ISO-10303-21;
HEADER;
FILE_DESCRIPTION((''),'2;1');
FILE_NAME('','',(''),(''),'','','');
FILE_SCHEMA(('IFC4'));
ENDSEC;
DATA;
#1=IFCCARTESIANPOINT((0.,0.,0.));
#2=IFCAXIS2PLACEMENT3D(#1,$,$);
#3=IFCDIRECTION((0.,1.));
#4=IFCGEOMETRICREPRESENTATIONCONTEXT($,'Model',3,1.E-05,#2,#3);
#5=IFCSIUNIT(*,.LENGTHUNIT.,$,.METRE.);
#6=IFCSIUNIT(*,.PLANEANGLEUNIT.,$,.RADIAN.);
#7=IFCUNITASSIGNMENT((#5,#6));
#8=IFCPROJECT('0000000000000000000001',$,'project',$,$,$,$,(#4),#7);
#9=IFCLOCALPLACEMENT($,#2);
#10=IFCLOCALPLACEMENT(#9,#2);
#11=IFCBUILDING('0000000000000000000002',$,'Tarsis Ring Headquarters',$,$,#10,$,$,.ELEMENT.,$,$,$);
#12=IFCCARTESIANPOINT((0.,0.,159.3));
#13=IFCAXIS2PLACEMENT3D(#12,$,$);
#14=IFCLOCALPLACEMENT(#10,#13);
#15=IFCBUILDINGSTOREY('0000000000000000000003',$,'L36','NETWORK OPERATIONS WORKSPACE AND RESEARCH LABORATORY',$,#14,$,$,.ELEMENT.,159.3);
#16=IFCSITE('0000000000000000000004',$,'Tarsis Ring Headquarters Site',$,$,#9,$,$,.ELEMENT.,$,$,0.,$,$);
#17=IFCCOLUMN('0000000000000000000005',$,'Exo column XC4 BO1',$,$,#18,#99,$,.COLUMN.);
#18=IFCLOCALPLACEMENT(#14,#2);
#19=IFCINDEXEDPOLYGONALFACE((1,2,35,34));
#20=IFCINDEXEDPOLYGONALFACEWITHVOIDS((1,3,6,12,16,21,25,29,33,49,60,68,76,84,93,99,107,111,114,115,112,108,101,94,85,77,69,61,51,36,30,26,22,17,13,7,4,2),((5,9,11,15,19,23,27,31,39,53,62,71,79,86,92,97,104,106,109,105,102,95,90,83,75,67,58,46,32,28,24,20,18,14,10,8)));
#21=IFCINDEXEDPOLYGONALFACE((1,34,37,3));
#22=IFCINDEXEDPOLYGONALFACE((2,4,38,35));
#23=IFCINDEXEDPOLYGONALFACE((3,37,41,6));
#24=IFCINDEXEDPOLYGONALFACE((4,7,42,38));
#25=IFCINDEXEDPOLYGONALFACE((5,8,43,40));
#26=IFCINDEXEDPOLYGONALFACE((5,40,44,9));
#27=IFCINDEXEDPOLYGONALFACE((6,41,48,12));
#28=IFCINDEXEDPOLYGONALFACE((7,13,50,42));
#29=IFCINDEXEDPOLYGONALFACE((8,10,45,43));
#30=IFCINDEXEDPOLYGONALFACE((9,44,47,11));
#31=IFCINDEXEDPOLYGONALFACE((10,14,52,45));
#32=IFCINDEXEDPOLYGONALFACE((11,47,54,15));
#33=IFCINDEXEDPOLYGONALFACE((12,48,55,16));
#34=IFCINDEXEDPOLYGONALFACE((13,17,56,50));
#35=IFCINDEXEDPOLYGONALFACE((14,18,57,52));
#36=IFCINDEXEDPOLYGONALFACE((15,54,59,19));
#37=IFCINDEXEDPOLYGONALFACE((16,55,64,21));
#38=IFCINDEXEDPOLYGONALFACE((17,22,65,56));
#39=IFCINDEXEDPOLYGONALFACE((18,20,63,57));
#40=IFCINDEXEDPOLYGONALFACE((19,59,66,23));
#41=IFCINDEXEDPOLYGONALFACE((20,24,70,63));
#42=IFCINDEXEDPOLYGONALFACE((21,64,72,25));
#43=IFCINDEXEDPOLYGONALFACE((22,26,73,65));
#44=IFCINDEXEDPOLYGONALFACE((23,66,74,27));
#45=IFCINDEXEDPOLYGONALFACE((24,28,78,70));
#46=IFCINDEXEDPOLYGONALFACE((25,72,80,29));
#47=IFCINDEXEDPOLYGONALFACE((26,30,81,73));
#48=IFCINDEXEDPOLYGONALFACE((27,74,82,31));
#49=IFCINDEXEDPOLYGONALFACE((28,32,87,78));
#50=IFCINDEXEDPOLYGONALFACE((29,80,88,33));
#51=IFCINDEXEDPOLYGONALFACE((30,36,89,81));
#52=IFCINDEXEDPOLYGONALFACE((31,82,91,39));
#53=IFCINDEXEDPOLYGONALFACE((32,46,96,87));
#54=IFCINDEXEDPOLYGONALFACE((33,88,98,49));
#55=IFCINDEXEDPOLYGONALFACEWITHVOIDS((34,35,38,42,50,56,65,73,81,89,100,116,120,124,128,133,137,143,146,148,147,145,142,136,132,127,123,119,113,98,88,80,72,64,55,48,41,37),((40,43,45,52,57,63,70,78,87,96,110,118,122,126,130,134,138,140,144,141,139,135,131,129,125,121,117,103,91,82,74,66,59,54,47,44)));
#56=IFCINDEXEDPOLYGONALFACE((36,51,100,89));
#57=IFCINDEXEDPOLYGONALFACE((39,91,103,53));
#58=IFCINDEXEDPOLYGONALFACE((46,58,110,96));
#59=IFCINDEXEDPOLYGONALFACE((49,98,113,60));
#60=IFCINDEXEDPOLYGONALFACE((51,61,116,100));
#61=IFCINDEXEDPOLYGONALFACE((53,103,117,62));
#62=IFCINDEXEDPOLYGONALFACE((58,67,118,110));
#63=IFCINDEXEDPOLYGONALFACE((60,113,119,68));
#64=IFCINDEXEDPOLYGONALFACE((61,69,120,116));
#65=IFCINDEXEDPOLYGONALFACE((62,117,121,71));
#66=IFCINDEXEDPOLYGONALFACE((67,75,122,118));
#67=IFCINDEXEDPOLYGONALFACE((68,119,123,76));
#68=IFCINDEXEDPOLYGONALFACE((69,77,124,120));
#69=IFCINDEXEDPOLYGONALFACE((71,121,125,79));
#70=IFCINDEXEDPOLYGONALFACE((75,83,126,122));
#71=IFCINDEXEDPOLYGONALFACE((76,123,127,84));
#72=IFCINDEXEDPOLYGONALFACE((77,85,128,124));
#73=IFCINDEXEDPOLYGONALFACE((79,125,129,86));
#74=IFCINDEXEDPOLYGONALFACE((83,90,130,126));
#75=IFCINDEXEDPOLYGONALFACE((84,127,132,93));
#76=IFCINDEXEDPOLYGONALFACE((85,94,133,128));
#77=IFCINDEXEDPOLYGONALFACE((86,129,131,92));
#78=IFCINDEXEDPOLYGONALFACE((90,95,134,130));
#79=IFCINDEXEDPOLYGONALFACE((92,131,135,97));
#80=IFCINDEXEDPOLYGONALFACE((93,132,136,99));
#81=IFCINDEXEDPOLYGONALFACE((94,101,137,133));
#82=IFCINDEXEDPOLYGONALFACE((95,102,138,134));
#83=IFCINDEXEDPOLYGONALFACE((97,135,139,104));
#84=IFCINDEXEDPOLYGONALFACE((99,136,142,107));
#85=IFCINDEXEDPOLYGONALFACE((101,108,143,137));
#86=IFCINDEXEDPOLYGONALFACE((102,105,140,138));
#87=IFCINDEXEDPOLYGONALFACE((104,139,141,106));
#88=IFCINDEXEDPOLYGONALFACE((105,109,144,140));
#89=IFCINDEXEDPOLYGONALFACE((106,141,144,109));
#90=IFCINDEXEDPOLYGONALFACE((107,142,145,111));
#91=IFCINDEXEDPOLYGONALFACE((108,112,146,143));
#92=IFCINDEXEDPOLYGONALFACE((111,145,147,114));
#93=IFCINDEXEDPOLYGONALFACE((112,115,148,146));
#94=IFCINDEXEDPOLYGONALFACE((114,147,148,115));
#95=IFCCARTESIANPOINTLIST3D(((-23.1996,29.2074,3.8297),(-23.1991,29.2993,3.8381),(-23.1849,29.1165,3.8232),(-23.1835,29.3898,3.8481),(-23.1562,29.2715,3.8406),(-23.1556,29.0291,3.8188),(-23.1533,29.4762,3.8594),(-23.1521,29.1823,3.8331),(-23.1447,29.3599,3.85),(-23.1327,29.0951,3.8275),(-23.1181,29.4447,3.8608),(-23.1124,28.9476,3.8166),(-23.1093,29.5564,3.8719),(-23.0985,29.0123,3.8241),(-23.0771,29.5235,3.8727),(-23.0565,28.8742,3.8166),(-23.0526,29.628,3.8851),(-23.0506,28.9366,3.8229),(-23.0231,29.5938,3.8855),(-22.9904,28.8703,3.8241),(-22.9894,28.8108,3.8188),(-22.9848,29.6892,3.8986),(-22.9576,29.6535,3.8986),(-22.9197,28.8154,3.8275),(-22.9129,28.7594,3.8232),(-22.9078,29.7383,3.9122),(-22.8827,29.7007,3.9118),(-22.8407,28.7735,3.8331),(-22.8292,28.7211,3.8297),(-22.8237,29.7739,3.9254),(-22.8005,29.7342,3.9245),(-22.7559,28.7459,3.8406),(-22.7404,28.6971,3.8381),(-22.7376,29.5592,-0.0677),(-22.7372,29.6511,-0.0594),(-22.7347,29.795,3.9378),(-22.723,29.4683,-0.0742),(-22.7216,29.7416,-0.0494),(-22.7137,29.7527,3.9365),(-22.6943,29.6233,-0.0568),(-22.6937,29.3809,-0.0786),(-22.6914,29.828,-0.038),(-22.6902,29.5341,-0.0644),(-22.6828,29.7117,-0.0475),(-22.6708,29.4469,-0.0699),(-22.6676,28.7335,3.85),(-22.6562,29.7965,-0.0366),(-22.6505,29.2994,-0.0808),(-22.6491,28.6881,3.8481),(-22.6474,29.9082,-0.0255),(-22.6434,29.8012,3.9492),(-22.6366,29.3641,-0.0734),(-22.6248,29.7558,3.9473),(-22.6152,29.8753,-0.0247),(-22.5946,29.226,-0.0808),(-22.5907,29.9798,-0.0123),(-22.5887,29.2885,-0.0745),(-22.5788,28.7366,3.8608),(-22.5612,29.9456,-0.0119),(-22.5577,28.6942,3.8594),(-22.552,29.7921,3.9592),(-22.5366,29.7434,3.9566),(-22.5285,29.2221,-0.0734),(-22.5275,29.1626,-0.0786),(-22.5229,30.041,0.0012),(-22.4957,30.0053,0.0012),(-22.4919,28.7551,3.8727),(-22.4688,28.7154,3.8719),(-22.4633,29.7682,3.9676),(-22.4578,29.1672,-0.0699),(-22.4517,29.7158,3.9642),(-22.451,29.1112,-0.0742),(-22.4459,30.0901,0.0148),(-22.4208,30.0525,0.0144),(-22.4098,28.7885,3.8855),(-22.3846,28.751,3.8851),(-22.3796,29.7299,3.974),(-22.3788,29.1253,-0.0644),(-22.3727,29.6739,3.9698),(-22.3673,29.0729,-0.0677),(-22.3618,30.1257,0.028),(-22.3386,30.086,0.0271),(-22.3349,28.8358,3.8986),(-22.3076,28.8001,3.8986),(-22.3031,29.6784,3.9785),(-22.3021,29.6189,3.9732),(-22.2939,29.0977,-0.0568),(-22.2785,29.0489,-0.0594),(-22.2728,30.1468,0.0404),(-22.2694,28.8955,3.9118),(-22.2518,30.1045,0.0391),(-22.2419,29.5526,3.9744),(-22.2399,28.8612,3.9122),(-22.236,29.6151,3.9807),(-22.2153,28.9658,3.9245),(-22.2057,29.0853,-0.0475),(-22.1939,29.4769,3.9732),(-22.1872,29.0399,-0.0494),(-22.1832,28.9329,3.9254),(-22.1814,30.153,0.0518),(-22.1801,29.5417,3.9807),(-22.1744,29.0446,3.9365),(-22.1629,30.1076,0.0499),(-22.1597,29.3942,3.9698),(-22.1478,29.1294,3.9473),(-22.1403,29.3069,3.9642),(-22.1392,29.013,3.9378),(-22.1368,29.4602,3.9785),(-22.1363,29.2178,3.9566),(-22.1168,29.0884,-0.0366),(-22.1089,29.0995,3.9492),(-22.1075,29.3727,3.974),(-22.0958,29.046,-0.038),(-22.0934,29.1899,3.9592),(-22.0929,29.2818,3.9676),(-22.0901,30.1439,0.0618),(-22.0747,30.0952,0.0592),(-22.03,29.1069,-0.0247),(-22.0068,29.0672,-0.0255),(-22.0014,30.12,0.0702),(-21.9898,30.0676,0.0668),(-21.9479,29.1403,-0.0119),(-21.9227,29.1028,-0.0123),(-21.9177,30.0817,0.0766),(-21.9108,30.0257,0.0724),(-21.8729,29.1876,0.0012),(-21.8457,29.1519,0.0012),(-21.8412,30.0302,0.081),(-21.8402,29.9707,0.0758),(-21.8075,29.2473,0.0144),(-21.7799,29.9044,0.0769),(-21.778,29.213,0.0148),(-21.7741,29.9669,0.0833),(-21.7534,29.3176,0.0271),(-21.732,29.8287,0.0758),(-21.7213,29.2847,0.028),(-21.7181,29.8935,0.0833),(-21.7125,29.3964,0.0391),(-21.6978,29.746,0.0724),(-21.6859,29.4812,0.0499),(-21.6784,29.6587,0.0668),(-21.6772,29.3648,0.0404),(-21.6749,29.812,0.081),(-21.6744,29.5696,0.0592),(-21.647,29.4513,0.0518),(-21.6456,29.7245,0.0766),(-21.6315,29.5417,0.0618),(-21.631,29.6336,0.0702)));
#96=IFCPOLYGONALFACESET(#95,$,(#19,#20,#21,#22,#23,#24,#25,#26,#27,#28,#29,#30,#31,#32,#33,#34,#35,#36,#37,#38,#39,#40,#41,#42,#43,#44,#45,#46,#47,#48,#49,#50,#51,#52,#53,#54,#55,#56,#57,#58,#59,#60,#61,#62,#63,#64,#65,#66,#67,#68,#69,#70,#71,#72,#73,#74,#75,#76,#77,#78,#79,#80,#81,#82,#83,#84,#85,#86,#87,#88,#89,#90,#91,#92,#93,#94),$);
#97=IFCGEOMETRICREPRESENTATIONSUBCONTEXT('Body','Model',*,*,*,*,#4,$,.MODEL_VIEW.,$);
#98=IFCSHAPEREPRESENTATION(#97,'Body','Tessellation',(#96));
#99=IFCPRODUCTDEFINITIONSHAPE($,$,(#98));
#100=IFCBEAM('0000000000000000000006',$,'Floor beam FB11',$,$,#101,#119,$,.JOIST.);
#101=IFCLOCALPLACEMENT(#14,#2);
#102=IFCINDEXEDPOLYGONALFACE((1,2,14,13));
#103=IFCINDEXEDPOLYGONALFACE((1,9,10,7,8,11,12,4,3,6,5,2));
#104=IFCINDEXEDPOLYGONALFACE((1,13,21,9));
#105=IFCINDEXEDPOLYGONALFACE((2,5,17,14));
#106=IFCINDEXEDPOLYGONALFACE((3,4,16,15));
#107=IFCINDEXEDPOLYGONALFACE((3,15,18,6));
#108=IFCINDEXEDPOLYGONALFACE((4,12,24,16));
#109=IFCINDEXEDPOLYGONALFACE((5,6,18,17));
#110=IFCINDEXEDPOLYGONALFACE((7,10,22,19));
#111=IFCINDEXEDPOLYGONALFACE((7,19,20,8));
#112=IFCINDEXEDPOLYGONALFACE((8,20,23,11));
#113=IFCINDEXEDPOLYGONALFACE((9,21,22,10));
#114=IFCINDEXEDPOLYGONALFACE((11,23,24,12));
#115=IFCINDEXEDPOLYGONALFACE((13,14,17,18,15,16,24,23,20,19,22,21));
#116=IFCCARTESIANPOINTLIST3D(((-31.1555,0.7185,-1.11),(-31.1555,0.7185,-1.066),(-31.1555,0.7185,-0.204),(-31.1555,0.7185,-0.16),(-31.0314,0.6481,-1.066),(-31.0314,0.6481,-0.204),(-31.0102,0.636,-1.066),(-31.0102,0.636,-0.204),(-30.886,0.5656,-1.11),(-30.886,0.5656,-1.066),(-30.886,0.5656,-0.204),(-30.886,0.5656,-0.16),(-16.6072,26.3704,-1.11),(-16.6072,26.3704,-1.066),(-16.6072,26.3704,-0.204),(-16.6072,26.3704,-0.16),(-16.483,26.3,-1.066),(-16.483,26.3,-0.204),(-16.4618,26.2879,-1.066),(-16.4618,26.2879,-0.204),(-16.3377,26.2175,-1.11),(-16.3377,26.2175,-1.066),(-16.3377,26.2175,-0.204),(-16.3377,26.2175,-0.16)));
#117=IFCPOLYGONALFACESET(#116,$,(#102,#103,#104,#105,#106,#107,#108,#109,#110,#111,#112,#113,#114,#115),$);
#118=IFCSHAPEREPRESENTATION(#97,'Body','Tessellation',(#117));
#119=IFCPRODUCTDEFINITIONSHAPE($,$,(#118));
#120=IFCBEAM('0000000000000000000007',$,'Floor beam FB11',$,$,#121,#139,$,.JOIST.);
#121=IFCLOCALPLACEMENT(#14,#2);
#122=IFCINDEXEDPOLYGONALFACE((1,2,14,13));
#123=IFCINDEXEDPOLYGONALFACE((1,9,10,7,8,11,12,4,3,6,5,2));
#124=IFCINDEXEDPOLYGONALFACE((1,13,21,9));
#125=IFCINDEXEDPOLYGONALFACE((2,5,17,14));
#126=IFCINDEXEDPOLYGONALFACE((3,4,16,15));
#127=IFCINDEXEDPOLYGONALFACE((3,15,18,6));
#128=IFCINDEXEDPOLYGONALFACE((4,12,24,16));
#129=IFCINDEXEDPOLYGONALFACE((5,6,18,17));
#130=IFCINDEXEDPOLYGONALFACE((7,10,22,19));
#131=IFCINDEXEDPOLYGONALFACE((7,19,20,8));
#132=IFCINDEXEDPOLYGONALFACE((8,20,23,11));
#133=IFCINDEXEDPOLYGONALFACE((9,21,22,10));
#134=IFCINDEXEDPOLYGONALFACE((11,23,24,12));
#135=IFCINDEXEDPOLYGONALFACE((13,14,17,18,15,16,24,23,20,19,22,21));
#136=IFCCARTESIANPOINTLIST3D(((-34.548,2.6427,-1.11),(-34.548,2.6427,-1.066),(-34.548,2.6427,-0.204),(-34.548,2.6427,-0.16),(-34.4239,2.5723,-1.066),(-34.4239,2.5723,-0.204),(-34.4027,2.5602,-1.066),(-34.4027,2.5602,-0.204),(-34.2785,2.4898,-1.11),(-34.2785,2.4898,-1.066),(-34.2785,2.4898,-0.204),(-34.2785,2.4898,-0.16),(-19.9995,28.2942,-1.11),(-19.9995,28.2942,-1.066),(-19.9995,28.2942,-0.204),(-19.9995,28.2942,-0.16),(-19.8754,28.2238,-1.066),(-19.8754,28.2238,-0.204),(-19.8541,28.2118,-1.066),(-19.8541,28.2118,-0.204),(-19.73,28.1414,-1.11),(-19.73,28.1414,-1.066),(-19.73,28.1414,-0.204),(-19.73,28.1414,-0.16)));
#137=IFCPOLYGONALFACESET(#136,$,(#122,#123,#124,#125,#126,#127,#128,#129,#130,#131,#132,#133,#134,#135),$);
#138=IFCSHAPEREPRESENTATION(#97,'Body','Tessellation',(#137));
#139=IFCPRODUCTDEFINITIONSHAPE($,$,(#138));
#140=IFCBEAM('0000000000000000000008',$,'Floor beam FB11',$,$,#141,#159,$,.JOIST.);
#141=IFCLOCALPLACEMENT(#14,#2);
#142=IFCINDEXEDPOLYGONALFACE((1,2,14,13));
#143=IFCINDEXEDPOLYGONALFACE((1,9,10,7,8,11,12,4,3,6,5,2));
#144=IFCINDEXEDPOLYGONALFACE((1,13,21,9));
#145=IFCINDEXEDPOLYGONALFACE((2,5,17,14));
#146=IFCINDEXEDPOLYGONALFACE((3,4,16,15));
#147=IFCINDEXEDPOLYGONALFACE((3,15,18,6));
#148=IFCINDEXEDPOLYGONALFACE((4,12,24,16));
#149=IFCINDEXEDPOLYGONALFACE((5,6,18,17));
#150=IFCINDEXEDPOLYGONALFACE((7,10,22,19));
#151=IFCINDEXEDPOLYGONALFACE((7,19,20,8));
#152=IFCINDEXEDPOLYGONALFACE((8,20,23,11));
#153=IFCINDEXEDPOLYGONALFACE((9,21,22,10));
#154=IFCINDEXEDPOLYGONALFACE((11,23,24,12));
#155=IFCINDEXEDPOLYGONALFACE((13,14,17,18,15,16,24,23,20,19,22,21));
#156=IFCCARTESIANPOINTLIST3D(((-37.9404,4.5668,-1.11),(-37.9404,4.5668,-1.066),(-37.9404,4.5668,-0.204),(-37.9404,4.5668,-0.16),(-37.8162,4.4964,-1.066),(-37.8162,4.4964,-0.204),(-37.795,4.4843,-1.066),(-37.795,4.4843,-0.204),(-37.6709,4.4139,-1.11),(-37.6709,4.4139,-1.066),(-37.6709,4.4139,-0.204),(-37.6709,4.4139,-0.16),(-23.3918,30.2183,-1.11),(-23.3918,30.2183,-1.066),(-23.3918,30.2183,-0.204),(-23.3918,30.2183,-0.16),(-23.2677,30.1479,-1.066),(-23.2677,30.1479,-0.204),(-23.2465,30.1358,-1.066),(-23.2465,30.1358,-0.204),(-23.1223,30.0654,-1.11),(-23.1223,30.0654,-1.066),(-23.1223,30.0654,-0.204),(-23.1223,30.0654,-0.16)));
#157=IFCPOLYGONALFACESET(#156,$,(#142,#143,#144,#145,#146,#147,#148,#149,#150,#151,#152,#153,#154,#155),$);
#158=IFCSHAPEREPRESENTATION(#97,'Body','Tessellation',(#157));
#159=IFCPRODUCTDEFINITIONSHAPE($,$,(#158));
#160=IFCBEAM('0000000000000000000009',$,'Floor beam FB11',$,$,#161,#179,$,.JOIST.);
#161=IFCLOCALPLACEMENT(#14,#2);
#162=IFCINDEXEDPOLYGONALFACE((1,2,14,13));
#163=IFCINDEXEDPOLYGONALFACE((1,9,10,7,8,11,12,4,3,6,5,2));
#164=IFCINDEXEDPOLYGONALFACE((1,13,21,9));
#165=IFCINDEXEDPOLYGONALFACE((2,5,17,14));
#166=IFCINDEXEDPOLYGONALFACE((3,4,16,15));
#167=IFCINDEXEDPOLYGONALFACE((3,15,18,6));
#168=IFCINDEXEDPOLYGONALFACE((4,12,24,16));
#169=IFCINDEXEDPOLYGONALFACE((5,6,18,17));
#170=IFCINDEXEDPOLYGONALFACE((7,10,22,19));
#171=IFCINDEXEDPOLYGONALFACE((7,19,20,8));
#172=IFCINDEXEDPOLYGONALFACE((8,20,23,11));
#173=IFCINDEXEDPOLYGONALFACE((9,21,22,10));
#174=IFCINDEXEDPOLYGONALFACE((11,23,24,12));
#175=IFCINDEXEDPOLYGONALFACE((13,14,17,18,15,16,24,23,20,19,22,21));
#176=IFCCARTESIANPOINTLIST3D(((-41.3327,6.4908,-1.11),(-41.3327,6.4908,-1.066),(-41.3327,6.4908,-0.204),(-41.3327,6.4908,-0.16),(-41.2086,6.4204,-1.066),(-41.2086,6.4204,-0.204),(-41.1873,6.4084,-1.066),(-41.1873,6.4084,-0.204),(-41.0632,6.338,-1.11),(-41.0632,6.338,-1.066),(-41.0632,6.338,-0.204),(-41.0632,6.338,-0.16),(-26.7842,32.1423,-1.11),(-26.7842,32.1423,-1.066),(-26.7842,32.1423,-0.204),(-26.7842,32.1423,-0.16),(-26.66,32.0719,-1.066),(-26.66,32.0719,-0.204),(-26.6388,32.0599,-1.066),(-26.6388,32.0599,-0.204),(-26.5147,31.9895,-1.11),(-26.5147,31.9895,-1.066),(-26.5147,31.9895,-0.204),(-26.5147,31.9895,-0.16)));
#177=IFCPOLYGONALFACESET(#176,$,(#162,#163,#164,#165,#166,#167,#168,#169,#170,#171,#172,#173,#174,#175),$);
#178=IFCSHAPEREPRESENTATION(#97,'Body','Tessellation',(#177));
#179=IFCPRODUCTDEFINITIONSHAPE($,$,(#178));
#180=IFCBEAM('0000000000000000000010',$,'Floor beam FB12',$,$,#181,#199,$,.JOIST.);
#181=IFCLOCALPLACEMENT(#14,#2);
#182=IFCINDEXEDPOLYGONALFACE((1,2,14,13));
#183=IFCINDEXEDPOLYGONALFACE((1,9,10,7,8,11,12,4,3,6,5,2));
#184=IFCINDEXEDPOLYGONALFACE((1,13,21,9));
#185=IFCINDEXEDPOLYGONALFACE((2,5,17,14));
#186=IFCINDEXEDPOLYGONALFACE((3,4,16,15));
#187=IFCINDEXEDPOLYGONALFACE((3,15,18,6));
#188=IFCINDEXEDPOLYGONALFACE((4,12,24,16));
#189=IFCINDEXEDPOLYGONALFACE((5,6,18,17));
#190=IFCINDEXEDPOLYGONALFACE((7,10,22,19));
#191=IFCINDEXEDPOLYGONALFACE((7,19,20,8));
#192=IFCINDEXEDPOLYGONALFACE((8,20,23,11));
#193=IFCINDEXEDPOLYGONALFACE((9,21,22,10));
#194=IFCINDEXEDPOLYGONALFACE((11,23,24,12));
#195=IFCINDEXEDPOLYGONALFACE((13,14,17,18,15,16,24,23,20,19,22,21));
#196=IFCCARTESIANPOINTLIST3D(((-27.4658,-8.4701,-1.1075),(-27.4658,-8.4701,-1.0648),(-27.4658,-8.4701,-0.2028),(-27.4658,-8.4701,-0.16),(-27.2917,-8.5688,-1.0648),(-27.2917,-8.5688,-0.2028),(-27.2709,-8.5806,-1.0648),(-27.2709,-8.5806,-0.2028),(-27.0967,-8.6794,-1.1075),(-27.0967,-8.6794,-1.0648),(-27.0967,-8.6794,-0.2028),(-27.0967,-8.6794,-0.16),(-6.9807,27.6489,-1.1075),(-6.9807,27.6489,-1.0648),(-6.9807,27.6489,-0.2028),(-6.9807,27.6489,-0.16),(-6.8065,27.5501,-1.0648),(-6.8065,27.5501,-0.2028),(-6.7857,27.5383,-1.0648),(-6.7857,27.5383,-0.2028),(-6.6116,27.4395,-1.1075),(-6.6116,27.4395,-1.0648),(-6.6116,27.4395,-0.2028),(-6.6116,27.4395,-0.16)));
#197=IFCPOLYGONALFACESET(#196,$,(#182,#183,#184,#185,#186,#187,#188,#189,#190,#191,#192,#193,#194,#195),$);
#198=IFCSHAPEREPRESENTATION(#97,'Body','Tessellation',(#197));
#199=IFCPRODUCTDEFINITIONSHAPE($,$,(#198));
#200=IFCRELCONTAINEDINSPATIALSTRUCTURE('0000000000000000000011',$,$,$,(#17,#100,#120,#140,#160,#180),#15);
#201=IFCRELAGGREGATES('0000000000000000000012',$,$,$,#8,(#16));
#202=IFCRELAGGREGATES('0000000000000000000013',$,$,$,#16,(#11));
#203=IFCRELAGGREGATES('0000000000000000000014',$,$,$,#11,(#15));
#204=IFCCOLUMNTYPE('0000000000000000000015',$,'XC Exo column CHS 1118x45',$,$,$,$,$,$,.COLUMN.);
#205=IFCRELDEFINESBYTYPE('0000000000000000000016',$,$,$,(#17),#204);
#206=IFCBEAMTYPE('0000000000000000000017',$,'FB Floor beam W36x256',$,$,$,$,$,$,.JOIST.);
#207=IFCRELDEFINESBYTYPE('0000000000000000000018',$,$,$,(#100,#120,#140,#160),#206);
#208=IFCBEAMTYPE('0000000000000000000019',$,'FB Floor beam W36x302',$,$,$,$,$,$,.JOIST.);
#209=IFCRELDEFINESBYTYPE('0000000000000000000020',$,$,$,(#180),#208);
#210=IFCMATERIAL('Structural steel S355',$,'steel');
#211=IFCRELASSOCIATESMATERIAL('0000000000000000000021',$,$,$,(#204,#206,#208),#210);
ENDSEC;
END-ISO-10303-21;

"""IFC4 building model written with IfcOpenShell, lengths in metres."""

from ifc_helpers import new_model, si_unit, direction, frame, origin, origin_2d, place, context, subcontext, project, spatial, hollow_circle, i_section, extrude, material, material_profile, profile_set, type_object, element, save


model = new_model("IFC4")

# Units and contexts
model_context = context("Model", 3, precision=1e-05, world=origin(), true_north=direction((0.0, 1.0)))
body_context = subcontext(model_context, "Body", "Model", "MODEL_VIEW")
ifc_project = project(units=[si_unit("LENGTHUNIT", "METRE"), si_unit("PLANEANGLEUNIT", "RADIAN")], contexts=[model_context])

# Site, building, storey
site_placement = place(None, origin())
site = spatial("IfcSite", under=ifc_project, at=site_placement, Name="Tarsis Ring Headquarters Site", CompositionType="ELEMENT", RefElevation=0.0)
building_placement = place(site_placement, origin())
building = spatial("IfcBuilding", under=site, at=building_placement, Name="Tarsis Ring Headquarters", CompositionType="ELEMENT")
storey_placement = place(building_placement, frame((0.0, 0.0, 159.3)))
storey = spatial("IfcBuildingStorey", under=building, at=storey_placement, Name="L36", Description="NETWORK OPERATIONS WORKSPACE AND RESEARCH LABORATORY", CompositionType="ELEMENT", Elevation=159.3)

# Column
ifc_material_1 = material(Name="Structural steel S355", Category="steel")
ifc_material_profile_1 = material_profile(ifc_material_1, hollow_circle(Radius=0.5588, WallThickness=0.0449, at=origin_2d()), Name="CHS 1118x45")
ifc_profile_set_1 = profile_set([ifc_material_profile_1], Name="Structural steel S355")
column_type = type_object("IfcColumnType", Name="XC Exo column CHS 1118x45", PredefinedType="COLUMN", material=ifc_profile_set_1)
column_placement = place(storey_placement, frame((-22.1843, 29.5964, 0.0012), z_axis=(-0.117223, -0.08928, 0.989084), x_axis=(0.605904, -0.795538, 0.0)))
element("IfcColumn", 1, at=column_placement, inside=storey, type_object=column_type, Name="Exo column XC4 BO1", PredefinedType="COLUMN", context=body_context, shape_type="SweptSolid", body=[
    extrude(hollow_circle(Radius=0.5588, WallThickness=0.0449, at=origin_2d()), origin(), (0.0, 0.0, 1.0), 3.9404),
])

# Beams
ifc_material_profile_2 = material_profile(ifc_material_1, i_section(OverallWidth=0.3098, OverallDepth=0.95, WebThickness=0.0244, FlangeThickness=0.0439, at=origin_2d()), Name="W36x256")
ifc_profile_set_2 = profile_set([ifc_material_profile_2], Name="Structural steel S355")
beam_type_1 = type_object("IfcBeamType", Name="FB Floor beam W36x256", PredefinedType="JOIST", material=ifc_profile_set_2)
beam_1_placement = place(storey_placement, frame((-16.4724, 26.2939, -0.635), z_axis=(-0.493328, -0.869843, 0.0), x_axis=(0.869843, -0.493328, 0.0)))
element("IfcBeam", 2, at=beam_1_placement, inside=storey, type_object=beam_type_1, Name="Floor beam FB11", PredefinedType="JOIST", context=body_context, shape_type="SweptSolid", body=[
    extrude(i_section(OverallWidth=0.3098, OverallDepth=0.95, WebThickness=0.0244, FlangeThickness=0.0439, at=origin_2d()), origin(), (0.0, 0.0, 1.0), 29.4902),
])
for number, where, z_axis, x_axis, name in (
    (3, (-19.8647, 28.2178, -0.635), (-0.493338, -0.869838, 0.0), (0.869838, -0.493338, 0.0), "Floor beam FB11"),
    (4, (-23.2571, 30.1418, -0.635), (-0.493338, -0.869838, 0.0), (0.869838, -0.493338, 0.0), "Floor beam FB11"),
    (5, (-26.6494, 32.0659, -0.635), (-0.493338, -0.869838, 0.0), (0.869838, -0.493338, 0.0), "Floor beam FB11"),
):
    element("IfcBeam", number, at=place(storey_placement, frame(where, z_axis=z_axis, x_axis=x_axis)), inside=storey, type_object=beam_type_1, Name=name, PredefinedType="JOIST", context=body_context, shape_type="SweptSolid", body=[
        extrude(i_section(OverallWidth=0.3098, OverallDepth=0.95, WebThickness=0.0244, FlangeThickness=0.0439, at=origin_2d()), origin(), (0.0, 0.0, 1.0), 29.49),
    ])
ifc_material_profile_3 = material_profile(ifc_material_1, i_section(OverallWidth=0.4243, OverallDepth=0.9475, WebThickness=0.0239, FlangeThickness=0.0427, at=origin_2d()), Name="W36x302")
ifc_profile_set_3 = profile_set([ifc_material_profile_3], Name="Structural steel S355")
beam_type_2 = type_object("IfcBeamType", Name="FB Floor beam W36x302", PredefinedType="JOIST", material=ifc_profile_set_3)
beam_2_placement = place(storey_placement, frame((-6.7961, 27.5442, -0.6338), z_axis=(-0.493336, -0.869839, 0.0), x_axis=(0.869839, -0.493336, 0.0)))
element("IfcBeam", 6, at=beam_2_placement, inside=storey, type_object=beam_type_2, Name="Floor beam FB12", PredefinedType="JOIST", context=body_context, shape_type="SweptSolid", body=[
    extrude(i_section(OverallWidth=0.4243, OverallDepth=0.9475, WebThickness=0.0239, FlangeThickness=0.0427, at=origin_2d()), origin(), (0.0, 0.0, 1.0), 41.5237),
])

save(model, "model.ifc")
